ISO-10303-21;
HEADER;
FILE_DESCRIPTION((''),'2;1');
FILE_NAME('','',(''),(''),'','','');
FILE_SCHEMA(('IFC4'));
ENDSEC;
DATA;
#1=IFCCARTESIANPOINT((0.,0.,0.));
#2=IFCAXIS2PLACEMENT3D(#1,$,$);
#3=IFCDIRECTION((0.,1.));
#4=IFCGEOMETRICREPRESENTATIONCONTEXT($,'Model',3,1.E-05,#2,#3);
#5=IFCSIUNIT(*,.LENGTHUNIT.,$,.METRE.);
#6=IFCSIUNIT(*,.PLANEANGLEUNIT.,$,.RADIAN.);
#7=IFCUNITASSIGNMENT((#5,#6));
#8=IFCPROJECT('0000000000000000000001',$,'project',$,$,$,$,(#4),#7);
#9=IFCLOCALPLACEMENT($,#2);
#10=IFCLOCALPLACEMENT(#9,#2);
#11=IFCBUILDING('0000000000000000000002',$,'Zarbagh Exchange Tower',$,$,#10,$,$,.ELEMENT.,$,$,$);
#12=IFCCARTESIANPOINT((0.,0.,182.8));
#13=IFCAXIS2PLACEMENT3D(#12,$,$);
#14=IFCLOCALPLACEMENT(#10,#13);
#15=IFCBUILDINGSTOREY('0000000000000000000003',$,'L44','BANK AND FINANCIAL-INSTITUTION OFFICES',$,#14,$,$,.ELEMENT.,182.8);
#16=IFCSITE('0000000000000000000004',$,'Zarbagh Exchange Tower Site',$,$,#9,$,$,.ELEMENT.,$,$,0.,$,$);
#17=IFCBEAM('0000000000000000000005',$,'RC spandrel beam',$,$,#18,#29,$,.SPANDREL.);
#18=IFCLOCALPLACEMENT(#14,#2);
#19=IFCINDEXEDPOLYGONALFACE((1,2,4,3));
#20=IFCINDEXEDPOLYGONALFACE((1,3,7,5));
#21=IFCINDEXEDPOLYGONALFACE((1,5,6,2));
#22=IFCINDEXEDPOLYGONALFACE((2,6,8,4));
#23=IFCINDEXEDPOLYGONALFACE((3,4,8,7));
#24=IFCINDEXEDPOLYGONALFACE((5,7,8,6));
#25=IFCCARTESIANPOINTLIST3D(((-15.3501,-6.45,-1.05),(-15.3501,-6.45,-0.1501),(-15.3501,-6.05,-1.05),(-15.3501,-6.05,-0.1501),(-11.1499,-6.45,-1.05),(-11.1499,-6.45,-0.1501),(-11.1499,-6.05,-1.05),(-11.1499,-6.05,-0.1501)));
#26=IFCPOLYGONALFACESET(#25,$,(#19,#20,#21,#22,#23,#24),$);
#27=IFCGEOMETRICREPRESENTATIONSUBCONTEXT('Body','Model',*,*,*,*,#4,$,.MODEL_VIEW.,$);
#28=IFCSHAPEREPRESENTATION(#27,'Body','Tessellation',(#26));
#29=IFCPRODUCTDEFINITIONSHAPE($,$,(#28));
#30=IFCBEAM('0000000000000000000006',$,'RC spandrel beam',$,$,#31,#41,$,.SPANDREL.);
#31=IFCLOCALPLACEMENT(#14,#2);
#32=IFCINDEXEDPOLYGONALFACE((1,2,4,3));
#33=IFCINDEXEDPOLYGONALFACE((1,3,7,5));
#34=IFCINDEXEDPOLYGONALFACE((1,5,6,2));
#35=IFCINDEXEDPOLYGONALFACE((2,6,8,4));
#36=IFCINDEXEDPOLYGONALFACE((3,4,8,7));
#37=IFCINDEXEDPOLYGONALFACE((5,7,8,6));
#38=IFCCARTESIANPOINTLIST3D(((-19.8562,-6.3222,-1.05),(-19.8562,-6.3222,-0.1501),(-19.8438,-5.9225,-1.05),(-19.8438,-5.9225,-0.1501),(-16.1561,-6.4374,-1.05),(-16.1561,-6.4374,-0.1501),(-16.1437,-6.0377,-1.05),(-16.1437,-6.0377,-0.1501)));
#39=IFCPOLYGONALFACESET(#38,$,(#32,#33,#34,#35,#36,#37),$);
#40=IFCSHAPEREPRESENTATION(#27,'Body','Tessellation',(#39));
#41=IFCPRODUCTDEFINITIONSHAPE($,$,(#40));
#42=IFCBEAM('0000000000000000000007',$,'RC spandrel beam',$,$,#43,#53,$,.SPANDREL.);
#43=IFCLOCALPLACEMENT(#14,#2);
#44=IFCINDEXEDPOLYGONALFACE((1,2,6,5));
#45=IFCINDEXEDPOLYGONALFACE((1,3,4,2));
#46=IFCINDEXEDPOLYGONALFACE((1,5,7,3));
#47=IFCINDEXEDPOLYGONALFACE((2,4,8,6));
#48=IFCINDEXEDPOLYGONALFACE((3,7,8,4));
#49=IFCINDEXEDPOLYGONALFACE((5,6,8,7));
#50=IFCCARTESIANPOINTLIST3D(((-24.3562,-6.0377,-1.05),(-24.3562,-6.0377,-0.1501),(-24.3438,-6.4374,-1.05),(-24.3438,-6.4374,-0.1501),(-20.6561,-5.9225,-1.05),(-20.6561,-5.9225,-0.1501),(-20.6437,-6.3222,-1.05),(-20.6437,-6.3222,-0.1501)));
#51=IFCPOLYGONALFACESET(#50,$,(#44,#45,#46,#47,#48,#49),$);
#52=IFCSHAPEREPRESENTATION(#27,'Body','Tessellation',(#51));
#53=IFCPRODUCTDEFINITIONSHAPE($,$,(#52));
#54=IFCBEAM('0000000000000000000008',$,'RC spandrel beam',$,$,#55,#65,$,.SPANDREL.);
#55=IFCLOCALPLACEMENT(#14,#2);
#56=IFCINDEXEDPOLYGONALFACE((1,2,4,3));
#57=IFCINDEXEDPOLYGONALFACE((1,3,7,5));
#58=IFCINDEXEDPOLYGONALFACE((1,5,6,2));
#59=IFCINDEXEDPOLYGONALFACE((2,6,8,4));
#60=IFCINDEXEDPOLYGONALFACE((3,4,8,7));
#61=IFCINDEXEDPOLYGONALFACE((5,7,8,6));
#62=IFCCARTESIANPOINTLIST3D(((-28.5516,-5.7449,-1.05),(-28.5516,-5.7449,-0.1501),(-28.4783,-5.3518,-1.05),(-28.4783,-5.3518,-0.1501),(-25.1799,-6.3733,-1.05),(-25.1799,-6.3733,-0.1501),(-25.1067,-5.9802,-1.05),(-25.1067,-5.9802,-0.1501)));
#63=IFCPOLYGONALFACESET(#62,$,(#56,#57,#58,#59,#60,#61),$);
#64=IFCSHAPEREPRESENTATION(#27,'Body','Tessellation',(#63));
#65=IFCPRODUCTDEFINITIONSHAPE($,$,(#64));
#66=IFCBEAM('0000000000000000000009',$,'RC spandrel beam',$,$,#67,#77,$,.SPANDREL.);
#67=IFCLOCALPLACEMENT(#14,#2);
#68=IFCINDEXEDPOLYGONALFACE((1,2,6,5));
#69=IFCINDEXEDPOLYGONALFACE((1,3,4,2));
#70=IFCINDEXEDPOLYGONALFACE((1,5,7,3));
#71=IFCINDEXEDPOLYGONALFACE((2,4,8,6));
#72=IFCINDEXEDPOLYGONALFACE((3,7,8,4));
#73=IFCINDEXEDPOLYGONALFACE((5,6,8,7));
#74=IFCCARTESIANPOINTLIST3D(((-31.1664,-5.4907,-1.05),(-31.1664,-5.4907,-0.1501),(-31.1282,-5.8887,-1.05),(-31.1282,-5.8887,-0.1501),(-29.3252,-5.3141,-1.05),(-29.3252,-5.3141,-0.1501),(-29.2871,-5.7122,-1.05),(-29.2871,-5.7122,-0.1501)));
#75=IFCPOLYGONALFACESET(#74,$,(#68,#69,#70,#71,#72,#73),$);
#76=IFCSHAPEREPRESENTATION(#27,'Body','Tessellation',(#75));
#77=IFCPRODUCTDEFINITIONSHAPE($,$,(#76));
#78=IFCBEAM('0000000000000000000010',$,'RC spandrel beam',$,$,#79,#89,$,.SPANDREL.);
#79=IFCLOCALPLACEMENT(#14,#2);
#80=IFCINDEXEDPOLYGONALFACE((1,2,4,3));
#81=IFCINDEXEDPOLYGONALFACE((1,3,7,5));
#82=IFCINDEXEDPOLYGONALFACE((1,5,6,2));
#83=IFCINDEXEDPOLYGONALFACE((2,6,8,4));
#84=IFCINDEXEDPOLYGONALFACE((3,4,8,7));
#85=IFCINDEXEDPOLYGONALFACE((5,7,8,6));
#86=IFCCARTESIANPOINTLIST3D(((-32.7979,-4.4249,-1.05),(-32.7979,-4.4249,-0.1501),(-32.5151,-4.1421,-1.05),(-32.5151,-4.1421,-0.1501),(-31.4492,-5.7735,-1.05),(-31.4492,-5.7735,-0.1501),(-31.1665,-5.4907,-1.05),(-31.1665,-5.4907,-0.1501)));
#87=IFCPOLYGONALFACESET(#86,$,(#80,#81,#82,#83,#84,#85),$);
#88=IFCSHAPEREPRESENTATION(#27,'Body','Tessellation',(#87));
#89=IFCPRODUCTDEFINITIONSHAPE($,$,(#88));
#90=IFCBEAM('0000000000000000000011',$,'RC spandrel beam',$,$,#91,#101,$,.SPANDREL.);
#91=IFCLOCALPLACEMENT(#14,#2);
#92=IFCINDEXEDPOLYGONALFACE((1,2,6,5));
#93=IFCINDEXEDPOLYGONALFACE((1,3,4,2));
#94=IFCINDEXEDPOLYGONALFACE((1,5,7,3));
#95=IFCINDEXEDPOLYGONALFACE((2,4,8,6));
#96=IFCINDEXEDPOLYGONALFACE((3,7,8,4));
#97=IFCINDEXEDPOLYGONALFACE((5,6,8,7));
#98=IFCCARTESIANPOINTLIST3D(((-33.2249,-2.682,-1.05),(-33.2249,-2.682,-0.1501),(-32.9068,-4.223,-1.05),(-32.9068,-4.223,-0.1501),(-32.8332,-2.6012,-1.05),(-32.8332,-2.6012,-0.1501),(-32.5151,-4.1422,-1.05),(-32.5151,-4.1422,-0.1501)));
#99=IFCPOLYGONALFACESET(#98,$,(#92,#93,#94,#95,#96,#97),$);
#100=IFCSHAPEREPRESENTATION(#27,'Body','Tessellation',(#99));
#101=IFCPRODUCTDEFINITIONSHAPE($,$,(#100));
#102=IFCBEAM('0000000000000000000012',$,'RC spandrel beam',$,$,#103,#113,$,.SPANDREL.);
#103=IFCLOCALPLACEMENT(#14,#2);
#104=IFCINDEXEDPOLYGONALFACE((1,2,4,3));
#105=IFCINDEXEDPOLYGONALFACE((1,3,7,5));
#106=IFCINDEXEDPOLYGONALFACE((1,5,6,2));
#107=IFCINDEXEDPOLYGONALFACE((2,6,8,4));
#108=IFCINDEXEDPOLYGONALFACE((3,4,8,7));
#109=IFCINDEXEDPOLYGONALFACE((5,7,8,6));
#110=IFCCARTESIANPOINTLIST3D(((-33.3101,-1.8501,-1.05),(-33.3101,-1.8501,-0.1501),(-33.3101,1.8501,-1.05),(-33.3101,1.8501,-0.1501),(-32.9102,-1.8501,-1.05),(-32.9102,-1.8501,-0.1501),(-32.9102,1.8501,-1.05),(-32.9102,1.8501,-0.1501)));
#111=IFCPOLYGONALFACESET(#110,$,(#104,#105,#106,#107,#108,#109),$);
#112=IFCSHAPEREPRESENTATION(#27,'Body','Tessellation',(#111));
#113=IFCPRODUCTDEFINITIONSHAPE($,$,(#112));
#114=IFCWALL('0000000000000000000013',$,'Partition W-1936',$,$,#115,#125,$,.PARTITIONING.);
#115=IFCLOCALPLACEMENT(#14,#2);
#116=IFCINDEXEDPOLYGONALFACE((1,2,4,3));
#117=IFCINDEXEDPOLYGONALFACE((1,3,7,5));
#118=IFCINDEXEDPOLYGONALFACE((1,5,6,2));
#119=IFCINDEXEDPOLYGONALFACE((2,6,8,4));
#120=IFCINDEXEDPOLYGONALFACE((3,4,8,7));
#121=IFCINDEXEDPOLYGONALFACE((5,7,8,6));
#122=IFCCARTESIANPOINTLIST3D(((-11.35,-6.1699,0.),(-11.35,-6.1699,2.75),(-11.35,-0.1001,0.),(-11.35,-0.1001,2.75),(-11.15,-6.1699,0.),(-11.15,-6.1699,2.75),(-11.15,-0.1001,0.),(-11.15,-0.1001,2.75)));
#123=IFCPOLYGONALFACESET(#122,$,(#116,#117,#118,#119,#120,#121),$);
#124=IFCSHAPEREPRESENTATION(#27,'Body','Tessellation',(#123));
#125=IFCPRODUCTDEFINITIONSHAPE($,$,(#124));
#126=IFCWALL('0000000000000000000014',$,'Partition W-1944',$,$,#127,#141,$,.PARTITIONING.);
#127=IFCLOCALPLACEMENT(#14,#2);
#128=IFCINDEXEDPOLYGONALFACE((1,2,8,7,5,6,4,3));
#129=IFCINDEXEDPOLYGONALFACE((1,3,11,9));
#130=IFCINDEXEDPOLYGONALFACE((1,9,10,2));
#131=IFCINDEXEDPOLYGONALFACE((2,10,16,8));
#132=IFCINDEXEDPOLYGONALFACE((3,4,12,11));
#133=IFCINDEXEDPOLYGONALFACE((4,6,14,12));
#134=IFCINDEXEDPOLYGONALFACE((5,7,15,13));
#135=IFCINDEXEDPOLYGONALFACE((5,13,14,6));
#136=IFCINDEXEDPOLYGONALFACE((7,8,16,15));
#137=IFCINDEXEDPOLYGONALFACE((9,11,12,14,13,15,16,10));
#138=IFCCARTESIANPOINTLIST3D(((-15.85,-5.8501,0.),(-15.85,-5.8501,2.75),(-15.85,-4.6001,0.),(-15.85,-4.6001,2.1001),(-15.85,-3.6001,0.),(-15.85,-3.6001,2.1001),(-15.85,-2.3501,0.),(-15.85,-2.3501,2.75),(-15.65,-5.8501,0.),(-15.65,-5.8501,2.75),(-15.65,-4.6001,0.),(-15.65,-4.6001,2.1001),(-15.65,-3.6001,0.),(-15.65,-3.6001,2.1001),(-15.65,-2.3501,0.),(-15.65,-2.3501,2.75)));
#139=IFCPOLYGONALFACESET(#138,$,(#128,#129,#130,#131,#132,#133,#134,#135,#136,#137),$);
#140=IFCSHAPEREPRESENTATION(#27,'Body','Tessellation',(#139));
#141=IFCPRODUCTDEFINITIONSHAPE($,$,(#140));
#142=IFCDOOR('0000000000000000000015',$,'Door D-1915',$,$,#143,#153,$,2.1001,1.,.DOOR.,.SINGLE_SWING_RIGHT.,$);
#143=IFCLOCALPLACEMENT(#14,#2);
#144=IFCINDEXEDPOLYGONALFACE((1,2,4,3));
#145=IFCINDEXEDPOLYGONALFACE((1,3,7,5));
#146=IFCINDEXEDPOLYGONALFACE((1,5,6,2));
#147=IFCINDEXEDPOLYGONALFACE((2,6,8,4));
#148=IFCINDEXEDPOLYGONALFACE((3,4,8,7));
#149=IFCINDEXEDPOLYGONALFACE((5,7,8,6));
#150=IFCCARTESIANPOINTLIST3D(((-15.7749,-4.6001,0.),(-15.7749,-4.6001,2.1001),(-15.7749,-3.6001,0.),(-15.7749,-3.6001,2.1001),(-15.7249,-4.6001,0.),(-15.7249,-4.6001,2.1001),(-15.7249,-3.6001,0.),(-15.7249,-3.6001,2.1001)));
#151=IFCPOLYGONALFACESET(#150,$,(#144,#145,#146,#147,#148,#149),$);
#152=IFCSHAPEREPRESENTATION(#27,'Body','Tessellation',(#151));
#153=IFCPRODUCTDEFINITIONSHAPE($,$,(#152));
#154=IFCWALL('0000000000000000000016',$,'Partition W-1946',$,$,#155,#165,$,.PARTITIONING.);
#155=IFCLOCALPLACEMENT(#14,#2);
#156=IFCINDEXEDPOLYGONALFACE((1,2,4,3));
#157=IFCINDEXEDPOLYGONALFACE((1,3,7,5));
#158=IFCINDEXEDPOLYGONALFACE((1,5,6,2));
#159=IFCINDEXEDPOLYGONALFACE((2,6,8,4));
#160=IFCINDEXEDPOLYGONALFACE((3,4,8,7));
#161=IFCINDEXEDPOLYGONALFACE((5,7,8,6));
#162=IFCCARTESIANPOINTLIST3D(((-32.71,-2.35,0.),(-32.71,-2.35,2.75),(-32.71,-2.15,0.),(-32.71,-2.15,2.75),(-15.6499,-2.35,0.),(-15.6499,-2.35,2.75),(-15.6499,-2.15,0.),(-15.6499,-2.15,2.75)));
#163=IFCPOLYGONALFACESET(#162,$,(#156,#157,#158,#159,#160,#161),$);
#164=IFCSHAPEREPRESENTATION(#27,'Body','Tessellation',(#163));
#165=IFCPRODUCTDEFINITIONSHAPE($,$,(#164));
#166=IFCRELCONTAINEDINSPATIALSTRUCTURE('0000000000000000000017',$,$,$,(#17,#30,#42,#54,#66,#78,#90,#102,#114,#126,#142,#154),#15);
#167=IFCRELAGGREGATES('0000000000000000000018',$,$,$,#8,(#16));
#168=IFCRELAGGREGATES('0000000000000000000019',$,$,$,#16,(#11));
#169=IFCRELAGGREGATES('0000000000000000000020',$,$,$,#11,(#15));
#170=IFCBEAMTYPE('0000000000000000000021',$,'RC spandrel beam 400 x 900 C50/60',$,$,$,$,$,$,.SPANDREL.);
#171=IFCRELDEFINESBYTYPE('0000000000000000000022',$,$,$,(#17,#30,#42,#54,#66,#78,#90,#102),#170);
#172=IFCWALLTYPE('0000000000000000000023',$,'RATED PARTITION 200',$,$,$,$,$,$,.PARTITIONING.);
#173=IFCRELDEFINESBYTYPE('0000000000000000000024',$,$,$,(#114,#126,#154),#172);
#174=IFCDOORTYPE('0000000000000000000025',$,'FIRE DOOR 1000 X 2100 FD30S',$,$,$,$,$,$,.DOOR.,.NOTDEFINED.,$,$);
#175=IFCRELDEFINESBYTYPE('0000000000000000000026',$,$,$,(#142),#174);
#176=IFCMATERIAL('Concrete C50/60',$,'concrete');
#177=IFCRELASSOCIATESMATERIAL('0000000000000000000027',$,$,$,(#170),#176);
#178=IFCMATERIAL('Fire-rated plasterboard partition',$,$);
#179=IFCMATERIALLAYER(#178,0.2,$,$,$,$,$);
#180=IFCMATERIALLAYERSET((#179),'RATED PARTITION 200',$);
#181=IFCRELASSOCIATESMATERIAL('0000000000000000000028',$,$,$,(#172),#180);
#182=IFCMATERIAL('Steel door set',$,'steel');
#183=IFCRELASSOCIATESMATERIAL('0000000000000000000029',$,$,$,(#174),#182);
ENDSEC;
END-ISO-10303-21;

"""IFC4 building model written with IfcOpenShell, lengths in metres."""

from ifc_helpers import new_model, si_unit, direction, frame, frame_2d, origin, origin_2d, place, context, subcontext, project, spatial, rectangle, extrude, material, layer, layer_set, material_profile, profile_set, type_object, element, fill, save


model = new_model("IFC4")

# Units and contexts
model_context = context("Model", 3, precision=1e-05, world=origin(), true_north=direction((0.0, 1.0)))
body_context = subcontext(model_context, "Body", "Model", "MODEL_VIEW")
ifc_project = project(units=[si_unit("LENGTHUNIT", "METRE"), si_unit("PLANEANGLEUNIT", "RADIAN")], contexts=[model_context])

# Site, building, storey
site_placement = place(None, origin())
site = spatial("IfcSite", under=ifc_project, at=site_placement, Name="Zarbagh Exchange Tower Site", CompositionType="ELEMENT", RefElevation=0.0)
building_placement = place(site_placement, origin())
building = spatial("IfcBuilding", under=site, at=building_placement, Name="Zarbagh Exchange Tower", CompositionType="ELEMENT")
storey_placement = place(building_placement, frame((0.0, 0.0, 182.8)))
storey = spatial("IfcBuildingStorey", under=building, at=storey_placement, Name="L44", Description="BANK AND FINANCIAL-INSTITUTION OFFICES", CompositionType="ELEMENT", Elevation=182.8)

# Shared definitions
ifc_material_1 = material(Name="Concrete C50/60", Category="concrete")

# Beams
ifc_material_profile_1 = material_profile(ifc_material_1, rectangle(XDim=0.3999, YDim=0.8999, at=origin_2d()), Name="RC spandrel beam 400 x 900 C50/60")
ifc_profile_set_1 = profile_set([ifc_material_profile_1], Name="Concrete C50/60")
beam_type_1 = type_object("IfcBeamType", Name="RC spandrel beam 400 x 900 C50/60", PredefinedType="SPANDREL", material=ifc_profile_set_1)
beam_1_placement = place(storey_placement, frame((-11.1499, -6.25, -0.6001), z_axis=(-1.0, 0.0, 0.0), x_axis=(0.0, -1.0, 0.0)))
element("IfcBeam", 1, at=beam_1_placement, inside=storey, type_object=beam_type_1, Name="RC spandrel beam", PredefinedType="SPANDREL", context=body_context, shape_type="SweptSolid", body=[
    extrude(rectangle(XDim=0.3999, YDim=0.8999, at=origin_2d()), origin(), (0.0, 0.0, 1.0), 4.2002),
])
for number, where, z_axis, x_axis, name in (
    (2, (-16.1499, -6.2375, -0.6001), (-0.999515, 0.031128, 0.0), (-0.031128, -0.999515, 0.0), "RC spandrel beam"),
    (3, (-20.6499, -6.1223, -0.6001), (-0.999515, -0.031128, 0.0), (0.031128, -0.999515, 0.0), "RC spandrel beam"),
):
    element("IfcBeam", number, at=place(storey_placement, frame(where, z_axis=z_axis, x_axis=x_axis)), inside=storey, type_object=beam_type_1, Name=name, PredefinedType="SPANDREL", context=body_context, shape_type="SweptSolid", body=[
        extrude(rectangle(XDim=0.3999, YDim=0.8999, at=origin_2d()), origin(), (0.0, 0.0, 1.0), 3.7019),
    ])
beam_2_placement = place(storey_placement, frame((-25.1433, -6.1768, -0.6001), z_axis=(-0.98307, 0.183231, 0.0), x_axis=(-0.183231, -0.98307, 0.0)))
element("IfcBeam", 4, at=beam_2_placement, inside=storey, type_object=beam_type_1, Name="RC spandrel beam", PredefinedType="SPANDREL", context=body_context, shape_type="SweptSolid", body=[
    extrude(rectangle(XDim=0.3999, YDim=0.8999, at=origin_2d()), origin(), (0.0, 0.0, 1.0), 3.4297),
])
beam_3_placement = place(storey_placement, frame((-29.3062, -5.5132, -0.6001), z_axis=(-0.995435, -0.095438, 0.0), x_axis=(0.095438, -0.995435, 0.0)))
element("IfcBeam", 5, at=beam_3_placement, inside=storey, type_object=beam_type_1, Name="RC spandrel beam", PredefinedType="SPANDREL", context=body_context, shape_type="SweptSolid", body=[
    extrude(rectangle(XDim=0.3999, YDim=0.8999, at=origin_2d()), origin(), (0.0, 0.0, 1.0), 1.8496),
])
beam_4_placement = place(storey_placement, frame((-31.3079, -5.6321, -0.6001), z_axis=(-0.707107, 0.707107, 0.0), x_axis=(-0.707107, -0.707107, 0.0)))
element("IfcBeam", 6, at=beam_4_placement, inside=storey, type_object=beam_type_1, Name="RC spandrel beam", PredefinedType="SPANDREL", context=body_context, shape_type="SweptSolid", body=[
    extrude(rectangle(XDim=0.3999, YDim=0.8999, at=origin_2d()), origin(), (0.0, 0.0, 1.0), 1.9072),
])
beam_5_placement = place(storey_placement, frame((-32.7109, -4.1826, -0.6001), z_axis=(-0.202169, 0.979351, 0.0), x_axis=(-0.979351, -0.202169, 0.0)))
element("IfcBeam", 7, at=beam_5_placement, inside=storey, type_object=beam_type_1, Name="RC spandrel beam", PredefinedType="SPANDREL", context=body_context, shape_type="SweptSolid", body=[
    extrude(rectangle(XDim=0.3999, YDim=0.8999, at=origin_2d()), origin(), (0.0, 0.0, 1.0), 1.5735),
])
beam_6_placement = place(storey_placement, frame((-33.1101, -1.8501, -0.6001), z_axis=(0.0, 1.0, 0.0), x_axis=(-1.0, 0.0, 0.0)))
element("IfcBeam", 8, at=beam_6_placement, inside=storey, type_object=beam_type_1, Name="RC spandrel beam", PredefinedType="SPANDREL", context=body_context, shape_type="SweptSolid", body=[
    extrude(rectangle(XDim=0.3999, YDim=0.8999, at=origin_2d()), origin(), (0.0, 0.0, 1.0), 3.7002),
])

# Wall
ifc_material_2 = material(Name="Fire-rated plasterboard partition")
ifc_layer = layer(ifc_material_2, 0.2)
ifc_layer_set = layer_set([ifc_layer], Name="RATED PARTITION 200")
wall_type = type_object("IfcWallType", Name="RATED PARTITION 200", PredefinedType="PARTITIONING", material=ifc_layer_set)
wall_1_placement = place(storey_placement, frame((-11.25, -6.1699, 0.0), z_axis=(0.0, 0.0, 1.0), x_axis=(0.0, 1.0, 0.0)))
element("IfcWall", 9, at=wall_1_placement, inside=storey, type_object=wall_type, Name="Partition W-1936", PredefinedType="PARTITIONING", context=body_context, shape_type="SweptSolid", body=[
    extrude(rectangle(XDim=6.0698, YDim=0.2, at=frame_2d((3.0349, 0.0))), origin(), (0.0, 0.0, 1.0), 2.75),
])

# Wall, opening, door
wall_2_placement = place(storey_placement, frame((-15.75, -5.8501, 0.0), z_axis=(0.0, 0.0, 1.0), x_axis=(0.0, 1.0, 0.0)))
wall_2 = element("IfcWall", 10, at=wall_2_placement, inside=storey, type_object=wall_type, Name="Partition W-1944", PredefinedType="PARTITIONING", context=body_context, shape_type="SweptSolid", body=[
    extrude(rectangle(XDim=3.5, YDim=0.2, at=frame_2d((1.75, 0.0))), origin(), (0.0, 0.0, 1.0), 2.75),
])
opening_placement = place(wall_2_placement, frame((1.25, 0.0, 0.0)))
opening = element("IfcOpeningElement", 11, at=opening_placement, cuts=wall_2, PredefinedType="OPENING", context=body_context, shape_type="SweptSolid", body=[
    extrude(rectangle(XDim=1.0, YDim=2.1001, at=frame_2d((0.5, 1.05))), frame((0.0, 0.1099, 0.0), z_axis=(0.0, -1.0, 0.0), x_axis=(1.0, 0.0, 0.0)), (0.0, 0.0, 1.0), 0.22),
])
ifc_material_3 = material(Name="Steel door set", Category="steel")
door_type = type_object("IfcDoorType", Name="FIRE DOOR 1000 X 2100 FD30S", OperationType="NOTDEFINED", PredefinedType="DOOR", material=ifc_material_3)
door_placement = place(opening_placement, origin())
door = element("IfcDoor", 12, at=door_placement, inside=storey, type_object=door_type, Name="Door D-1915", OperationType="SINGLE_SWING_RIGHT", OverallHeight=2.1001, OverallWidth=1.0, PredefinedType="DOOR", context=body_context, shape_type="SweptSolid", body=[
    extrude(rectangle(XDim=1.0, YDim=2.1001, at=frame_2d((0.5, 1.05))), frame((0.0, 0.0249, 0.0), z_axis=(0.0, -1.0, 0.0), x_axis=(1.0, 0.0, 0.0)), (0.0, 0.0, 1.0), 0.05),
])
fill(opening, door)

# Wall
wall_3_placement = place(storey_placement, frame((-32.71, -2.25, 0.0), z_axis=(0.0, 0.0, 1.0), x_axis=(1.0, 0.0, 0.0)))
element("IfcWall", 13, at=wall_3_placement, inside=storey, type_object=wall_type, Name="Partition W-1946", PredefinedType="PARTITIONING", context=body_context, shape_type="SweptSolid", body=[
    extrude(rectangle(XDim=17.0601, YDim=0.2, at=frame_2d((8.53, 0.0))), origin(), (0.0, 0.0, 1.0), 2.75),
])

save(model, "model.ifc")
